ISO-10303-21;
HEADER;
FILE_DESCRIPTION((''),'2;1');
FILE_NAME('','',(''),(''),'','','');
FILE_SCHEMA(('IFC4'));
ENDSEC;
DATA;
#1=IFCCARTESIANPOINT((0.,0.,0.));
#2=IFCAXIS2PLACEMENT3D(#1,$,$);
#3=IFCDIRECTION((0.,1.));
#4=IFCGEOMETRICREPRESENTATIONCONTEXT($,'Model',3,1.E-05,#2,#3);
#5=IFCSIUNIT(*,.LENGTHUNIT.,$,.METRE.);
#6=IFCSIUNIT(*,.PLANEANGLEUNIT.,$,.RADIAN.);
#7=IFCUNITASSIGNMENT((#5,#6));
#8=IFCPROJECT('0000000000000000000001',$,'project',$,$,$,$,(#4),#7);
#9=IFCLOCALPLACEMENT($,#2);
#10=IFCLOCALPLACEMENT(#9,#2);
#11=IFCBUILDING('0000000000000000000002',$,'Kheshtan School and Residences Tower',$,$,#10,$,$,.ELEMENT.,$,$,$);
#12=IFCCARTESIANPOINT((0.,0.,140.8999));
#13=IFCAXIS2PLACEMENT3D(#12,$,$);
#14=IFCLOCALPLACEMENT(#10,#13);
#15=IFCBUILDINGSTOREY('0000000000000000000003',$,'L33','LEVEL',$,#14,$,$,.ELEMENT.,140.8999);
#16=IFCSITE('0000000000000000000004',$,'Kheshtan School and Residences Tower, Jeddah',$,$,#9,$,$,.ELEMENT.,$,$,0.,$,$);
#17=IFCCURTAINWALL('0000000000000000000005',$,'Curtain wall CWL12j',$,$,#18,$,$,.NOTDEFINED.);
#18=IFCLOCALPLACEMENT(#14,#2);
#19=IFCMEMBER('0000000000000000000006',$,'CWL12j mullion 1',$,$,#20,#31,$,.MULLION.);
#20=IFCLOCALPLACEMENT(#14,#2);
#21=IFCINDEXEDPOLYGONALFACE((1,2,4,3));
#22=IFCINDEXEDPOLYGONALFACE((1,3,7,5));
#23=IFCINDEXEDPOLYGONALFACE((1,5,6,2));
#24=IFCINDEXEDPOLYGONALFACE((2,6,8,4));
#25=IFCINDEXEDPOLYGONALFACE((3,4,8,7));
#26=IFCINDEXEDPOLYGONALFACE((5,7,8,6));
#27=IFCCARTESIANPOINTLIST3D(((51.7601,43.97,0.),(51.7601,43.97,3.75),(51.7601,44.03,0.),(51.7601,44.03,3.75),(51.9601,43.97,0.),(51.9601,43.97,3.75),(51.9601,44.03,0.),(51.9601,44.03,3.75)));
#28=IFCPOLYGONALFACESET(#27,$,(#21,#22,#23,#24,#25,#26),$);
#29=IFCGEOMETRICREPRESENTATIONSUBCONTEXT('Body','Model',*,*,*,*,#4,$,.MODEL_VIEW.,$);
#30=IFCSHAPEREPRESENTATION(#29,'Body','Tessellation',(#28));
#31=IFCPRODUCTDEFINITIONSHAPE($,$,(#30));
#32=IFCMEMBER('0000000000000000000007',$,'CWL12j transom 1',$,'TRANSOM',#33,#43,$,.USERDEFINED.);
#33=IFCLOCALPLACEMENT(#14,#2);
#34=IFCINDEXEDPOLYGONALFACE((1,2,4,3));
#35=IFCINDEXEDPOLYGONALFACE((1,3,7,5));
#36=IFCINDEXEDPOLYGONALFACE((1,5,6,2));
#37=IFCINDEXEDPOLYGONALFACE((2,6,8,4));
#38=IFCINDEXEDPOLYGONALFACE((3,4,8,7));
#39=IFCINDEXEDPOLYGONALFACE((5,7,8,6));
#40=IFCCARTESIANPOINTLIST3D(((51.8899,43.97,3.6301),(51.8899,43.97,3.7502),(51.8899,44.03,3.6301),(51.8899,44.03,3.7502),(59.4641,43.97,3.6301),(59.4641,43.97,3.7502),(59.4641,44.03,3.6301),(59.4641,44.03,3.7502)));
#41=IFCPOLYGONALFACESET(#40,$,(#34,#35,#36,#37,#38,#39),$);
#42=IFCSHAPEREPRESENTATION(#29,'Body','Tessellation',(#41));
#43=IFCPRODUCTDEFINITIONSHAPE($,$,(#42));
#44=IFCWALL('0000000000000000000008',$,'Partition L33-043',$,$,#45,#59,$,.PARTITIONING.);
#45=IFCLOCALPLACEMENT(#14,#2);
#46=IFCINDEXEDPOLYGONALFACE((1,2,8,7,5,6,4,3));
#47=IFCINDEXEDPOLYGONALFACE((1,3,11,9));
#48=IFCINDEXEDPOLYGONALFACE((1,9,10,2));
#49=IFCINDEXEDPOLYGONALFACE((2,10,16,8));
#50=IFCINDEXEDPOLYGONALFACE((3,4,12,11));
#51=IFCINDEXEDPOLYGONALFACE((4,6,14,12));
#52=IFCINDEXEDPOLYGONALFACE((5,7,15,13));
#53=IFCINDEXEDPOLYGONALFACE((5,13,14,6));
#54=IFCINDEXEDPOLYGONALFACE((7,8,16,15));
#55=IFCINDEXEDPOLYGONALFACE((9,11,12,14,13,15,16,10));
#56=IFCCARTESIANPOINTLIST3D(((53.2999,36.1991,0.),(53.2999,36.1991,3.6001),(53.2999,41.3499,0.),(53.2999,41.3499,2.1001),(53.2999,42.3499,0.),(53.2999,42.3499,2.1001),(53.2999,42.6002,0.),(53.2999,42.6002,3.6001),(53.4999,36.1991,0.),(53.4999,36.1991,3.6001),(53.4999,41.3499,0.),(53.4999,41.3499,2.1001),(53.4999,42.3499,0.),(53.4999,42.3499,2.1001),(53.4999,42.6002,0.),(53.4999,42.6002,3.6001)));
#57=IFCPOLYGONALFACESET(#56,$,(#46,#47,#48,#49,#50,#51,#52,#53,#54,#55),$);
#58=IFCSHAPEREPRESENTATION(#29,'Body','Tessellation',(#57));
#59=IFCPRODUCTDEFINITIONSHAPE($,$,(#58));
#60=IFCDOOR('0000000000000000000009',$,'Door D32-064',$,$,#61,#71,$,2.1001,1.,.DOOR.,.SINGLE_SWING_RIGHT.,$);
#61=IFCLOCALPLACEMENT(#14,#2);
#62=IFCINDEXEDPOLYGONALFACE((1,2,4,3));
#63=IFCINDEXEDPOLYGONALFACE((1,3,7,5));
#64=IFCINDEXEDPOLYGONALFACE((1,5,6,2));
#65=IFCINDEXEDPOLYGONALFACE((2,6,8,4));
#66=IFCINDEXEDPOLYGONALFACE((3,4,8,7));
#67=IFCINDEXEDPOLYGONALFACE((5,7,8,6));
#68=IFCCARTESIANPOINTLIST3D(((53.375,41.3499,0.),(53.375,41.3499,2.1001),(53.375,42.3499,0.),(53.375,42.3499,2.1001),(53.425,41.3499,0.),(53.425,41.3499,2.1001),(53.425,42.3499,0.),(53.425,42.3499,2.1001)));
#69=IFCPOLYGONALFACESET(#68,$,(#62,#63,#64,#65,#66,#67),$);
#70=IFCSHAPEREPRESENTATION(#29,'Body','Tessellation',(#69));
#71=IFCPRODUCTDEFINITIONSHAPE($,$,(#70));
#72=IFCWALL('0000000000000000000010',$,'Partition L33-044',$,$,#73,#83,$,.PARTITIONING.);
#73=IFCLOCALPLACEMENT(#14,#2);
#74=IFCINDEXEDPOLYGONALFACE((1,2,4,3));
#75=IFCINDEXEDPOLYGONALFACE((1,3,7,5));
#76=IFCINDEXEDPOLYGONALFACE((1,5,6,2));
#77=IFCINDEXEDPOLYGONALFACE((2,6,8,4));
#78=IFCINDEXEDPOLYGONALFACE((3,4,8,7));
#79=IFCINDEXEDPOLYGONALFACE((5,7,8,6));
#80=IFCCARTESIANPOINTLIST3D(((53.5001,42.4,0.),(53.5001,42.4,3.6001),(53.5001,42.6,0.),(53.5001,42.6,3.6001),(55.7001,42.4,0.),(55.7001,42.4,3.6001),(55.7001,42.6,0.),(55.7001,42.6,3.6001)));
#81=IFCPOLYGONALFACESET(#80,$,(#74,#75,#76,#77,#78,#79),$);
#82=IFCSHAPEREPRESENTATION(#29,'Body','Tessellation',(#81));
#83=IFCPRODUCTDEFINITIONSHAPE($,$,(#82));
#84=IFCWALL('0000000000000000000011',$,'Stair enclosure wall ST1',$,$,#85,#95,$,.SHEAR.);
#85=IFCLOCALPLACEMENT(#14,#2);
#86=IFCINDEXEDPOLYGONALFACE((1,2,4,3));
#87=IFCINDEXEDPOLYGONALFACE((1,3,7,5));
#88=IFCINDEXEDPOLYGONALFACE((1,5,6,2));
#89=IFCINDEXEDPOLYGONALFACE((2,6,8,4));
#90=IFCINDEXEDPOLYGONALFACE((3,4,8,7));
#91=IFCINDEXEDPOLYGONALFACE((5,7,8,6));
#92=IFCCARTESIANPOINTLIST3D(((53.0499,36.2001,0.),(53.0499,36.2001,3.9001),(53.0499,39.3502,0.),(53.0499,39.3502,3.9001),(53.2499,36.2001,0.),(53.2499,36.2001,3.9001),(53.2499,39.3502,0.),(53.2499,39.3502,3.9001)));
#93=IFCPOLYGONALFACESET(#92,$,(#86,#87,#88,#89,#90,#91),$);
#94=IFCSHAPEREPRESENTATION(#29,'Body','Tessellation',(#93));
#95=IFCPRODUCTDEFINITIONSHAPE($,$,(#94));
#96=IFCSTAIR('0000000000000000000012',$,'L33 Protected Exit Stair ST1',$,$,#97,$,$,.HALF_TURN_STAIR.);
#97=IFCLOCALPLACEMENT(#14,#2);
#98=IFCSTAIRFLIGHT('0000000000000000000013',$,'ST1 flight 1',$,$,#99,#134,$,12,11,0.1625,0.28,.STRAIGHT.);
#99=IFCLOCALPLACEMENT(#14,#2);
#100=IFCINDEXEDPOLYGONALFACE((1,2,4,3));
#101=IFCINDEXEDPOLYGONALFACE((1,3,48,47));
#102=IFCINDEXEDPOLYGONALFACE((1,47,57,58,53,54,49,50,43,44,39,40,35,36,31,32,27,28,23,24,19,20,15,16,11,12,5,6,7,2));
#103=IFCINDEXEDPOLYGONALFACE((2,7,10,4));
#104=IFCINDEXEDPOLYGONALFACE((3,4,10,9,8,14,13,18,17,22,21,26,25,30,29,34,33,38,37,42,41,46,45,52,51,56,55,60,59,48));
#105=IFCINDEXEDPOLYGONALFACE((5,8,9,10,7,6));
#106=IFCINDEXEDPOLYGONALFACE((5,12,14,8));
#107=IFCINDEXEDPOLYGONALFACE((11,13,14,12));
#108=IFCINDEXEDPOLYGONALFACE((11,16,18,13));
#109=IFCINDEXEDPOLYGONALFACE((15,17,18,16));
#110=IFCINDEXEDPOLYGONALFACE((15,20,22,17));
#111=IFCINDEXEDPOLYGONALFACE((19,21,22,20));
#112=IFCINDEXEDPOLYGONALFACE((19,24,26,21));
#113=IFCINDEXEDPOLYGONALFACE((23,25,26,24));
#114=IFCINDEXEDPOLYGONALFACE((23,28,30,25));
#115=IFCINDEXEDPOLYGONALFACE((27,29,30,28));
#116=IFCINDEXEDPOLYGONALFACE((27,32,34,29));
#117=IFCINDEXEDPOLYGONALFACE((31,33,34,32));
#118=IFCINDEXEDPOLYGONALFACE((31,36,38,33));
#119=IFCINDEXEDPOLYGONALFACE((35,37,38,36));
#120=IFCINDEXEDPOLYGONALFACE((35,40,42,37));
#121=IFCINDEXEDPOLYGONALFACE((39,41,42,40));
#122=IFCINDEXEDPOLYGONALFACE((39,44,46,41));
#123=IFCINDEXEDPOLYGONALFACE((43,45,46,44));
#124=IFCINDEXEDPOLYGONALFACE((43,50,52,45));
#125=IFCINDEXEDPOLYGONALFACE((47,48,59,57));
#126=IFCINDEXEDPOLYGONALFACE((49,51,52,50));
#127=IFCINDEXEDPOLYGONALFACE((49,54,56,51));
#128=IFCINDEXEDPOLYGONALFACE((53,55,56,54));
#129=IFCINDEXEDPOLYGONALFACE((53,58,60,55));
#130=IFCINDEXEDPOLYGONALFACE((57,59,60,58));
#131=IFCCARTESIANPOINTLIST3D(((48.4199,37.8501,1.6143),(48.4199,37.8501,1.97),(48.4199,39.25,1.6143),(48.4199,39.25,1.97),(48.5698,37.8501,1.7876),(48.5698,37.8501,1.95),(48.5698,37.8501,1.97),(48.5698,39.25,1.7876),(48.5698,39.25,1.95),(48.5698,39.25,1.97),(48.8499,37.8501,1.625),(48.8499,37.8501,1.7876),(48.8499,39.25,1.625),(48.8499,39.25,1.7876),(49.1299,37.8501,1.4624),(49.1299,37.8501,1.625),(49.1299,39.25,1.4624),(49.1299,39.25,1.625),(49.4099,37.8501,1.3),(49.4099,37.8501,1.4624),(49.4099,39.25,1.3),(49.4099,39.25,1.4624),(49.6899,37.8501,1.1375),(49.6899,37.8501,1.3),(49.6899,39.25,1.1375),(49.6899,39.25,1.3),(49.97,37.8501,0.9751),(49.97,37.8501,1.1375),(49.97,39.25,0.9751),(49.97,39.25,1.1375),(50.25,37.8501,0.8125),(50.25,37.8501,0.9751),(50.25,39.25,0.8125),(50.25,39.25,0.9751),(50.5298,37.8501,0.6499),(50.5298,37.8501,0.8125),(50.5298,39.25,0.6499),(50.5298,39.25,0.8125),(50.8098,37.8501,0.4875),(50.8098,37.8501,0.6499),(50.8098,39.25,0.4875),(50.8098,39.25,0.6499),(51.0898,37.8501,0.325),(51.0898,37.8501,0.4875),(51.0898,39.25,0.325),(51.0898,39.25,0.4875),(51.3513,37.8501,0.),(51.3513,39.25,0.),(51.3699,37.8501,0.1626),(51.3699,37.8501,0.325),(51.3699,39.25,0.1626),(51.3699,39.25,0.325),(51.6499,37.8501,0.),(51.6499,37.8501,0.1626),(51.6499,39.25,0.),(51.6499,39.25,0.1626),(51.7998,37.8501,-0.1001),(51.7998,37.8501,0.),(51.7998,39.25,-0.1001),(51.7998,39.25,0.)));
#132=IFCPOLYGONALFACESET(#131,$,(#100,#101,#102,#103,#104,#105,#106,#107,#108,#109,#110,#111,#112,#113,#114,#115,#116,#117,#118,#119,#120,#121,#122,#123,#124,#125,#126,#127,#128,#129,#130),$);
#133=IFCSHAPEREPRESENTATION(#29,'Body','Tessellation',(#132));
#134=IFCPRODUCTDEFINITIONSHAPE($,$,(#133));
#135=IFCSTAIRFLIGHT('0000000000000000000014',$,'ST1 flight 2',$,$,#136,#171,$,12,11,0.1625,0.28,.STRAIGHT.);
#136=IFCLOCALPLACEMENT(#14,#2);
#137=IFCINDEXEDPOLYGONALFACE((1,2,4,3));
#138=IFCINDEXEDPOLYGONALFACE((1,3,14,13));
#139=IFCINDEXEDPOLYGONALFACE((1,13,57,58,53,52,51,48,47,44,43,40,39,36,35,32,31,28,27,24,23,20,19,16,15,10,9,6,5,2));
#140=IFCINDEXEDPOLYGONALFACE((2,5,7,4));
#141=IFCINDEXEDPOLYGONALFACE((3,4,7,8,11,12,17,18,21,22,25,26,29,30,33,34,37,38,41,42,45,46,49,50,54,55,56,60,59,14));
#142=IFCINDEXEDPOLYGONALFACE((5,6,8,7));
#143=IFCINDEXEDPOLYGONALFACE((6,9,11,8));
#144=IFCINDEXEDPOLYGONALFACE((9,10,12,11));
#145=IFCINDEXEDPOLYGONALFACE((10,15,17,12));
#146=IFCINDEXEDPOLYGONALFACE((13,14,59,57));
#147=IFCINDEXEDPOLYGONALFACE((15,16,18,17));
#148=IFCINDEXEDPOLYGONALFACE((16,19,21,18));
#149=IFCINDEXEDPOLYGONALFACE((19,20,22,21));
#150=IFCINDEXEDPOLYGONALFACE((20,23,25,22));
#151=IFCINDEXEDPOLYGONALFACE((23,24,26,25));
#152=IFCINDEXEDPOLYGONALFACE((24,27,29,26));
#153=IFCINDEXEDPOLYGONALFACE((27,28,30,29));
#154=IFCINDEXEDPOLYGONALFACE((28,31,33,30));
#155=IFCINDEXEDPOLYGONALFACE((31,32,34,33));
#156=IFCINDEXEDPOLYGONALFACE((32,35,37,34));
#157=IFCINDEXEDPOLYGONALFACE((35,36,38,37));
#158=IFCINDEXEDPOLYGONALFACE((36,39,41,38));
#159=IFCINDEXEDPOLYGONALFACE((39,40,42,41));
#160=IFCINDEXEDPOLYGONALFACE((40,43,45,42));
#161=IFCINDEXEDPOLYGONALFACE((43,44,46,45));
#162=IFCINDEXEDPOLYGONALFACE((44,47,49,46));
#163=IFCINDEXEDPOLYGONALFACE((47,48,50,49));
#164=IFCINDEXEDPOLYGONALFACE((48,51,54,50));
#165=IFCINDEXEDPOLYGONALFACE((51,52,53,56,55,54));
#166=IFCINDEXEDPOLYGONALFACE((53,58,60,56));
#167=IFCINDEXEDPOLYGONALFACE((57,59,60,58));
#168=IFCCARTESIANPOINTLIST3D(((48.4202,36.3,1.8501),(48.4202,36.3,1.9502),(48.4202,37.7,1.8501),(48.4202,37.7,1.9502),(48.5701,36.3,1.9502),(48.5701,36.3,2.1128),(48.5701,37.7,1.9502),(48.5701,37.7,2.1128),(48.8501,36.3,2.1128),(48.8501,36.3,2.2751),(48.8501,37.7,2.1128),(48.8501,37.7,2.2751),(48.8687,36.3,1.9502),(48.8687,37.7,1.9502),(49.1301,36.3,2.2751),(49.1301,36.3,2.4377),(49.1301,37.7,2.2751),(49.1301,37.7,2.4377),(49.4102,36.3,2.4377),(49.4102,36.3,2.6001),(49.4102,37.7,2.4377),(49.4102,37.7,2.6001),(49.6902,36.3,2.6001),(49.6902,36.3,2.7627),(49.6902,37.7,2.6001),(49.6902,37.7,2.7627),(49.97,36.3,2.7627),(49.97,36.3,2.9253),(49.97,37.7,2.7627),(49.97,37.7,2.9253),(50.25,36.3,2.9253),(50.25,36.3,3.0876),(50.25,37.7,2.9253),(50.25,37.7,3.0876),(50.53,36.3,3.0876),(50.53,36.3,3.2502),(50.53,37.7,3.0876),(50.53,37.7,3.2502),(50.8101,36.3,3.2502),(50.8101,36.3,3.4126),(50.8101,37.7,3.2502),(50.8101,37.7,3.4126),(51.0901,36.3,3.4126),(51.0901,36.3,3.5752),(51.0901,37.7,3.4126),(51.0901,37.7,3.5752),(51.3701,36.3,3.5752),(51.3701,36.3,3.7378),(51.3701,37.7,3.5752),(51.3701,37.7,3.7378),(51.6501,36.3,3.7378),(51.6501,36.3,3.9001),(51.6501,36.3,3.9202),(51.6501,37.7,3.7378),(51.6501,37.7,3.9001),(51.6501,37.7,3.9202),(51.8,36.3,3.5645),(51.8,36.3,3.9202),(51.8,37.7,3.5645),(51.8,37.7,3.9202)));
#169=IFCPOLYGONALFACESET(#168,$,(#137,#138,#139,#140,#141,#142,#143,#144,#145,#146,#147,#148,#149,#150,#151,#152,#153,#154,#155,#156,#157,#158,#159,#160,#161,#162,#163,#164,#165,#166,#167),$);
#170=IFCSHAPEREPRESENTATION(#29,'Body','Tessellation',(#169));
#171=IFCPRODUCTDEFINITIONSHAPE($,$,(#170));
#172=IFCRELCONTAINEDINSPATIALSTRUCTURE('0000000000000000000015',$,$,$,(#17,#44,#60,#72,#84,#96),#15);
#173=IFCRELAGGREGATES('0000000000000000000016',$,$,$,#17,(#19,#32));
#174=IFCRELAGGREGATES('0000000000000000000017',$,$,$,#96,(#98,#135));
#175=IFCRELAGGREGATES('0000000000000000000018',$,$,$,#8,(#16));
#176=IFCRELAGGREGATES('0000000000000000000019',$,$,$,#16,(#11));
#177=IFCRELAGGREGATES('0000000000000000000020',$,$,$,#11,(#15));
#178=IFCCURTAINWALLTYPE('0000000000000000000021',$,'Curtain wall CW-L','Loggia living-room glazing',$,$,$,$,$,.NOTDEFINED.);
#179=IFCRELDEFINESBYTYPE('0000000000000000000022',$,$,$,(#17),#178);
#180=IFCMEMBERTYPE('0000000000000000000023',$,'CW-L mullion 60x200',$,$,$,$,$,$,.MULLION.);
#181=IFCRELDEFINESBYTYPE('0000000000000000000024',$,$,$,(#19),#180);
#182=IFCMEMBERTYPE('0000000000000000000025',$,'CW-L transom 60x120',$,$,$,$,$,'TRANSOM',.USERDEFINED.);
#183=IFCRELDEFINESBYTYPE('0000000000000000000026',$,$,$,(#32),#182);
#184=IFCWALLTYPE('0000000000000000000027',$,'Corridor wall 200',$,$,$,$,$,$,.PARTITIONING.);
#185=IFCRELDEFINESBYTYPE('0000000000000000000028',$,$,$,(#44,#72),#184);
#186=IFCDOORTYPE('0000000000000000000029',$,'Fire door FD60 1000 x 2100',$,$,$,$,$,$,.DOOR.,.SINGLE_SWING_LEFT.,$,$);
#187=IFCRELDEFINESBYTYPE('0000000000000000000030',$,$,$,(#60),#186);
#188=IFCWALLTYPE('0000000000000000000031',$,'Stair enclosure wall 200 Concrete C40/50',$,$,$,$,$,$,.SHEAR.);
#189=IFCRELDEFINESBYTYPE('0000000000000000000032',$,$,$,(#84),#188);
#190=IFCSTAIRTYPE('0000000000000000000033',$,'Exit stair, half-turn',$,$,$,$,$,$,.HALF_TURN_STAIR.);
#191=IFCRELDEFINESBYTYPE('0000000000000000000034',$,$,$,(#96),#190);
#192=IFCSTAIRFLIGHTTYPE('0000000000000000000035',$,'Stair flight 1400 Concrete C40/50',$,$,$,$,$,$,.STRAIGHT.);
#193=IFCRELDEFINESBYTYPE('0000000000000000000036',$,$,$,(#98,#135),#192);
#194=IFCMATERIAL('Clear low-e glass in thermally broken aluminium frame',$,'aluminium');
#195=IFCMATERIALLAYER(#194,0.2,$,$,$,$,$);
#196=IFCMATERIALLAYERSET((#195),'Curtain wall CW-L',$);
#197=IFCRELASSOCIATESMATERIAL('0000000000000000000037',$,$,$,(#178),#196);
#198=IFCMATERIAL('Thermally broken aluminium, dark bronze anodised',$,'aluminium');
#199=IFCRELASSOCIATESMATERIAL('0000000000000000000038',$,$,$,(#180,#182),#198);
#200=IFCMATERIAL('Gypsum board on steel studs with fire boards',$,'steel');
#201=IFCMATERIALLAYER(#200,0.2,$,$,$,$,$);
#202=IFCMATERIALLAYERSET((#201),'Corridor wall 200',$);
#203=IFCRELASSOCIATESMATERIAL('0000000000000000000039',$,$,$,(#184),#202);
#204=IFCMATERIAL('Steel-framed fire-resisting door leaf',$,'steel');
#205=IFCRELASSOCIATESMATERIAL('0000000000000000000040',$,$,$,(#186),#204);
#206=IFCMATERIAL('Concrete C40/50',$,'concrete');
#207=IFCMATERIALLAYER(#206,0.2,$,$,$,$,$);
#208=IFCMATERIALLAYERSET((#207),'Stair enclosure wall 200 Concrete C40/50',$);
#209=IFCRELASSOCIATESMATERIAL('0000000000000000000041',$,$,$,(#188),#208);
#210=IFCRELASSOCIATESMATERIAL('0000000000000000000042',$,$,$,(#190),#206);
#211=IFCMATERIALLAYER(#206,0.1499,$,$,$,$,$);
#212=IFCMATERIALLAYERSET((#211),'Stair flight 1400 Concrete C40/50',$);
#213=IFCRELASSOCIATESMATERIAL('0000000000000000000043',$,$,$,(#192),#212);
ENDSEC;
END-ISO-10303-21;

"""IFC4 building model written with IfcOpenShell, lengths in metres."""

from ifc_helpers import new_model, si_unit, direction, frame, frame_2d, origin, origin_2d, place, context, subcontext, project, spatial, polyline, rectangle, outline, extrude, source, transform, mapped, material, layer, layer_set, material_profile, profile_set, type_object, element, fill, aggregate, save


model = new_model("IFC4")

# Units and contexts
model_context = context("Model", 3, precision=1e-05, world=origin(), true_north=direction((0.0, 1.0)))
body_context = subcontext(model_context, "Body", "Model", "MODEL_VIEW")
ifc_project = project(units=[si_unit("LENGTHUNIT", "METRE"), si_unit("PLANEANGLEUNIT", "RADIAN")], contexts=[model_context])

# Site, building, storey
site_placement = place(None, origin())
site = spatial("IfcSite", under=ifc_project, at=site_placement, Name="Kheshtan School and Residences Tower, Jeddah", CompositionType="ELEMENT", RefElevation=0.0)
building_placement = place(site_placement, origin())
building = spatial("IfcBuilding", under=site, at=building_placement, Name="Kheshtan School and Residences Tower", CompositionType="ELEMENT")
storey_placement = place(building_placement, frame((0.0, 0.0, 140.8999)))
storey = spatial("IfcBuildingStorey", under=building, at=storey_placement, Name="L33", Description="LEVEL", CompositionType="ELEMENT", Elevation=140.8999)

# Curtain wall, members
ifc_material_1 = material(Name="Clear low-e glass in thermally broken aluminium frame", Category="aluminium")
ifc_layer_1 = layer(ifc_material_1, 0.2)
ifc_layer_set_1 = layer_set([ifc_layer_1], Name="Curtain wall CW-L")
curtain_wall_type = type_object("IfcCurtainWallType", Name="Curtain wall CW-L", Description="Loggia living-room glazing", PredefinedType="NOTDEFINED", material=ifc_layer_set_1)
curtain_wall_placement = place(storey_placement, origin())
curtain_wall = element("IfcCurtainWall", 1, at=curtain_wall_placement, inside=storey, type_object=curtain_wall_type, Name="Curtain wall CWL12j", PredefinedType="NOTDEFINED")
ifc_material_2 = material(Name="Thermally broken aluminium, dark bronze anodised", Category="aluminium")
ifc_material_profile_1 = material_profile(ifc_material_2, rectangle(XDim=0.0601, YDim=0.2, at=origin_2d()), Name="CW-L mullion 60x200")
ifc_profile_set_1 = profile_set([ifc_material_profile_1], Name="Thermally broken aluminium, dark bronze anodised")
member_type_1 = type_object("IfcMemberType", Name="CW-L mullion 60x200", PredefinedType="MULLION", material=ifc_profile_set_1)
member_1_placement = place(storey_placement, frame((51.8601, 44.0, 0.0), z_axis=(0.0, 0.0, 1.0), x_axis=(0.0, 1.0, 0.0)))
member_1 = element("IfcMember", 2, at=member_1_placement, type_object=member_type_1, Name="CWL12j mullion 1", PredefinedType="MULLION", context=body_context, shape_type="SweptSolid", body=[
    extrude(rectangle(XDim=0.0601, YDim=0.2, at=origin_2d()), origin(), (0.0, 0.0, 1.0), 3.75),
])
ifc_material_profile_2 = material_profile(ifc_material_2, rectangle(XDim=0.0601, YDim=0.1201, at=origin_2d()), Name="CW-L transom 60x120")
ifc_profile_set_2 = profile_set([ifc_material_profile_2], Name="Thermally broken aluminium, dark bronze anodised")
member_type_2 = type_object("IfcMemberType", Name="CW-L transom 60x120", ElementType="TRANSOM", PredefinedType="USERDEFINED", material=ifc_profile_set_2)
member_2_placement = place(storey_placement, frame((51.8899, 44.0, 3.6902), z_axis=(1.0, 0.0, 0.0), x_axis=(0.0, 1.0, 0.0)))
member_2 = element("IfcMember", 3, at=member_2_placement, type_object=member_type_2, Name="CWL12j transom 1", ObjectType="TRANSOM", PredefinedType="USERDEFINED", context=body_context, shape_type="SweptSolid", body=[
    extrude(rectangle(XDim=0.0601, YDim=0.1201, at=origin_2d()), origin(), (0.0, 0.0, 1.0), 7.5742),
])
aggregate(curtain_wall, [member_1, member_2])

# Wall, opening, door
ifc_material_3 = material(Name="Gypsum board on steel studs with fire boards", Category="steel")
ifc_layer_2 = layer(ifc_material_3, 0.2)
ifc_layer_set_2 = layer_set([ifc_layer_2], Name="Corridor wall 200")
wall_type_1 = type_object("IfcWallType", Name="Corridor wall 200", PredefinedType="PARTITIONING", material=ifc_layer_set_2)
wall_1_placement = place(storey_placement, frame((53.3999, 36.199, 0.0), z_axis=(0.0, 0.0, 1.0), x_axis=(0.0, 1.0, 0.0)))
wall_1 = element("IfcWall", 4, at=wall_1_placement, inside=storey, type_object=wall_type_1, Name="Partition L33-043", PredefinedType="PARTITIONING", context=body_context, shape_type="SweptSolid", body=[
    extrude(rectangle(XDim=6.4011, YDim=0.2, at=frame_2d((3.2007, 0.0))), origin(), (0.0, 0.0, 1.0), 3.6001),
])
opening_1_placement = place(wall_1_placement, frame((5.1509, 0.0, 0.0)))
opening_1 = element("IfcOpeningElement", 5, at=opening_1_placement, cuts=wall_1, PredefinedType="OPENING", context=body_context, shape_type="SweptSolid", body=[
    extrude(rectangle(XDim=1.0, YDim=2.1001, at=frame_2d((0.5, 1.05))), frame((0.0, 0.1099, 0.0), z_axis=(0.0, -1.0, 0.0), x_axis=(1.0, 0.0, 0.0)), (0.0, 0.0, 1.0), 0.22),
])
ifc_material_4 = material(Name="Steel-framed fire-resisting door leaf", Category="steel")
door_type_1 = type_object("IfcDoorType", Name="Fire door FD60 1000 x 2100", OperationType="SINGLE_SWING_LEFT", PredefinedType="DOOR", material=ifc_material_4)
shared_shape_1 = source(origin(), body_context, "Body", "SweptSolid", [
    extrude(rectangle(XDim=1.0, YDim=2.1001, at=frame_2d((0.5, 1.05))), frame((0.0, 0.0249, 0.0), z_axis=(0.0, -1.0, 0.0), x_axis=(1.0, 0.0, 0.0)), (0.0, 0.0, 1.0), 0.05),
])
door_1_placement = place(opening_1_placement, origin())
door_1 = element("IfcDoor", 6, at=door_1_placement, inside=storey, type_object=door_type_1, Name="Door D32-064", OperationType="SINGLE_SWING_RIGHT", OverallHeight=2.1001, OverallWidth=1.0, PredefinedType="DOOR", context=body_context, shape_type="MappedRepresentation", body=[
    mapped(shared_shape_1, transform((0.0, 0.0, 0.0), x_axis=(1.0, 0.0, 0.0), y_axis=(0.0, 1.0, 0.0), z_axis=(0.0, 0.0, 1.0), scale=1.0)),
])
fill(opening_1, door_1)

# Wall
wall_2_placement = place(storey_placement, frame((53.5, 42.5, 0.0), z_axis=(0.0, 0.0, 1.0), x_axis=(1.0, 0.0, 0.0)))
element("IfcWall", 7, at=wall_2_placement, inside=storey, type_object=wall_type_1, Name="Partition L33-044", PredefinedType="PARTITIONING", context=body_context, shape_type="SweptSolid", body=[
    extrude(rectangle(XDim=2.2, YDim=0.2, at=frame_2d((1.1001, 0.0))), origin(), (0.0, 0.0, 1.0), 3.6001),
])

# Wall
ifc_material_5 = material(Name="Concrete C40/50", Category="concrete")
ifc_layer_3 = layer(ifc_material_5, 0.2)
ifc_layer_set_3 = layer_set([ifc_layer_3], Name="Stair enclosure wall 200 Concrete C40/50")
wall_type_2 = type_object("IfcWallType", Name="Stair enclosure wall 200 Concrete C40/50", PredefinedType="SHEAR", material=ifc_layer_set_3)
wall_3_placement = place(storey_placement, frame((53.1499, 36.2, 0.0), z_axis=(0.0, 0.0, 1.0), x_axis=(0.0, 1.0, 0.0)))
element("IfcWall", 8, at=wall_3_placement, inside=storey, type_object=wall_type_2, Name="Stair enclosure wall ST1", PredefinedType="SHEAR", context=body_context, shape_type="SweptSolid", body=[
    extrude(rectangle(XDim=3.1501, YDim=0.2, at=frame_2d((1.5752, 0.0))), origin(), (0.0, 0.0, 1.0), 3.9001),
])

# Stair, stair flights
stair_type = type_object("IfcStairType", Name="Exit stair, half-turn", PredefinedType="HALF_TURN_STAIR", material=ifc_material_5)
stair_placement = place(storey_placement, origin())
stair = element("IfcStair", 9, at=stair_placement, inside=storey, type_object=stair_type, Name="L33 Protected Exit Stair ST1", PredefinedType="HALF_TURN_STAIR")
ifc_layer_4 = layer(ifc_material_5, 0.1499)
ifc_layer_set_4 = layer_set([ifc_layer_4], Name="Stair flight 1400 Concrete C40/50")
stair_flight_type = type_object("IfcStairFlightType", Name="Stair flight 1400 Concrete C40/50", PredefinedType="STRAIGHT", material=ifc_layer_set_4)
stair_flight_1_placement = place(storey_placement, frame((51.6499, 38.55, 0.0), z_axis=(0.0, 0.0, 1.0), x_axis=(-1.0, 0.0, 0.0)))
stair_flight_1 = element("IfcStairFlight", 10, at=stair_flight_1_placement, type_object=stair_flight_type, Name="ST1 flight 1", NumberOfRisers=12, NumberOfTreads=11, PredefinedType="STRAIGHT", RiserHeight=0.1625, TreadLength=0.28, context=body_context, shape_type="SweptSolid", body=[
    extrude(outline(polyline([(-0.1499, -0.1001), (-0.1499, 0.0), (0.0, 0.0), (0.0, 0.1626), (0.28, 0.1626), (0.28, 0.325), (0.5601, 0.325), (0.5601, 0.4875), (0.8401, 0.4875), (0.8401, 0.6499), (1.1201, 0.6499), (1.1201, 0.8125), (1.3999, 0.8125), (1.3999, 0.9751), (1.6799, 0.9751), (1.6799, 1.1375), (1.96, 1.1375), (1.96, 1.3), (2.24, 1.3), (2.24, 1.4624), (2.52, 1.4624), (2.52, 1.625), (2.8, 1.625), (2.8, 1.7876), (3.0801, 1.7876), (3.0801, 1.95), (3.0801, 1.97), (3.23, 1.97), (3.23, 1.6143), (0.2986, 0.0), (-0.1499, -0.1001)])), frame((0.0, 0.7, 0.0), z_axis=(0.0, -1.0, 0.0), x_axis=(1.0, 0.0, 0.0)), (0.0, 0.0, 1.0), 1.3999),
])
stair_flight_2_placement = place(storey_placement, frame((48.5701, 37.0, 1.9502), z_axis=(0.0, 0.0, 1.0), x_axis=(1.0, 0.0, 0.0)))
stair_flight_2 = element("IfcStairFlight", 11, at=stair_flight_2_placement, type_object=stair_flight_type, Name="ST1 flight 2", NumberOfRisers=12, NumberOfTreads=11, PredefinedType="STRAIGHT", RiserHeight=0.1625, TreadLength=0.28, context=body_context, shape_type="SweptSolid", body=[
    extrude(outline(polyline([(-0.1499, -0.1001), (-0.1499, 0.0), (0.0, 0.0), (0.0, 0.1626), (0.28, 0.1626), (0.28, 0.325), (0.5601, 0.325), (0.5601, 0.4875), (0.8401, 0.4875), (0.8401, 0.6499), (1.1201, 0.6499), (1.1201, 0.8125), (1.3999, 0.8125), (1.3999, 0.9751), (1.6799, 0.9751), (1.6799, 1.1375), (1.96, 1.1375), (1.96, 1.3), (2.24, 1.3), (2.24, 1.4624), (2.52, 1.4624), (2.52, 1.625), (2.8, 1.625), (2.8, 1.7876), (3.0801, 1.7876), (3.0801, 1.95), (3.0801, 1.97), (3.23, 1.97), (3.23, 1.6143), (0.2986, 0.0), (-0.1499, -0.1001)])), frame((0.0, 0.7, 0.0), z_axis=(0.0, -1.0, 0.0), x_axis=(1.0, 0.0, 0.0)), (0.0, 0.0, 1.0), 1.3999),
])
aggregate(stair, [stair_flight_1, stair_flight_2])

save(model, "model.ifc")
